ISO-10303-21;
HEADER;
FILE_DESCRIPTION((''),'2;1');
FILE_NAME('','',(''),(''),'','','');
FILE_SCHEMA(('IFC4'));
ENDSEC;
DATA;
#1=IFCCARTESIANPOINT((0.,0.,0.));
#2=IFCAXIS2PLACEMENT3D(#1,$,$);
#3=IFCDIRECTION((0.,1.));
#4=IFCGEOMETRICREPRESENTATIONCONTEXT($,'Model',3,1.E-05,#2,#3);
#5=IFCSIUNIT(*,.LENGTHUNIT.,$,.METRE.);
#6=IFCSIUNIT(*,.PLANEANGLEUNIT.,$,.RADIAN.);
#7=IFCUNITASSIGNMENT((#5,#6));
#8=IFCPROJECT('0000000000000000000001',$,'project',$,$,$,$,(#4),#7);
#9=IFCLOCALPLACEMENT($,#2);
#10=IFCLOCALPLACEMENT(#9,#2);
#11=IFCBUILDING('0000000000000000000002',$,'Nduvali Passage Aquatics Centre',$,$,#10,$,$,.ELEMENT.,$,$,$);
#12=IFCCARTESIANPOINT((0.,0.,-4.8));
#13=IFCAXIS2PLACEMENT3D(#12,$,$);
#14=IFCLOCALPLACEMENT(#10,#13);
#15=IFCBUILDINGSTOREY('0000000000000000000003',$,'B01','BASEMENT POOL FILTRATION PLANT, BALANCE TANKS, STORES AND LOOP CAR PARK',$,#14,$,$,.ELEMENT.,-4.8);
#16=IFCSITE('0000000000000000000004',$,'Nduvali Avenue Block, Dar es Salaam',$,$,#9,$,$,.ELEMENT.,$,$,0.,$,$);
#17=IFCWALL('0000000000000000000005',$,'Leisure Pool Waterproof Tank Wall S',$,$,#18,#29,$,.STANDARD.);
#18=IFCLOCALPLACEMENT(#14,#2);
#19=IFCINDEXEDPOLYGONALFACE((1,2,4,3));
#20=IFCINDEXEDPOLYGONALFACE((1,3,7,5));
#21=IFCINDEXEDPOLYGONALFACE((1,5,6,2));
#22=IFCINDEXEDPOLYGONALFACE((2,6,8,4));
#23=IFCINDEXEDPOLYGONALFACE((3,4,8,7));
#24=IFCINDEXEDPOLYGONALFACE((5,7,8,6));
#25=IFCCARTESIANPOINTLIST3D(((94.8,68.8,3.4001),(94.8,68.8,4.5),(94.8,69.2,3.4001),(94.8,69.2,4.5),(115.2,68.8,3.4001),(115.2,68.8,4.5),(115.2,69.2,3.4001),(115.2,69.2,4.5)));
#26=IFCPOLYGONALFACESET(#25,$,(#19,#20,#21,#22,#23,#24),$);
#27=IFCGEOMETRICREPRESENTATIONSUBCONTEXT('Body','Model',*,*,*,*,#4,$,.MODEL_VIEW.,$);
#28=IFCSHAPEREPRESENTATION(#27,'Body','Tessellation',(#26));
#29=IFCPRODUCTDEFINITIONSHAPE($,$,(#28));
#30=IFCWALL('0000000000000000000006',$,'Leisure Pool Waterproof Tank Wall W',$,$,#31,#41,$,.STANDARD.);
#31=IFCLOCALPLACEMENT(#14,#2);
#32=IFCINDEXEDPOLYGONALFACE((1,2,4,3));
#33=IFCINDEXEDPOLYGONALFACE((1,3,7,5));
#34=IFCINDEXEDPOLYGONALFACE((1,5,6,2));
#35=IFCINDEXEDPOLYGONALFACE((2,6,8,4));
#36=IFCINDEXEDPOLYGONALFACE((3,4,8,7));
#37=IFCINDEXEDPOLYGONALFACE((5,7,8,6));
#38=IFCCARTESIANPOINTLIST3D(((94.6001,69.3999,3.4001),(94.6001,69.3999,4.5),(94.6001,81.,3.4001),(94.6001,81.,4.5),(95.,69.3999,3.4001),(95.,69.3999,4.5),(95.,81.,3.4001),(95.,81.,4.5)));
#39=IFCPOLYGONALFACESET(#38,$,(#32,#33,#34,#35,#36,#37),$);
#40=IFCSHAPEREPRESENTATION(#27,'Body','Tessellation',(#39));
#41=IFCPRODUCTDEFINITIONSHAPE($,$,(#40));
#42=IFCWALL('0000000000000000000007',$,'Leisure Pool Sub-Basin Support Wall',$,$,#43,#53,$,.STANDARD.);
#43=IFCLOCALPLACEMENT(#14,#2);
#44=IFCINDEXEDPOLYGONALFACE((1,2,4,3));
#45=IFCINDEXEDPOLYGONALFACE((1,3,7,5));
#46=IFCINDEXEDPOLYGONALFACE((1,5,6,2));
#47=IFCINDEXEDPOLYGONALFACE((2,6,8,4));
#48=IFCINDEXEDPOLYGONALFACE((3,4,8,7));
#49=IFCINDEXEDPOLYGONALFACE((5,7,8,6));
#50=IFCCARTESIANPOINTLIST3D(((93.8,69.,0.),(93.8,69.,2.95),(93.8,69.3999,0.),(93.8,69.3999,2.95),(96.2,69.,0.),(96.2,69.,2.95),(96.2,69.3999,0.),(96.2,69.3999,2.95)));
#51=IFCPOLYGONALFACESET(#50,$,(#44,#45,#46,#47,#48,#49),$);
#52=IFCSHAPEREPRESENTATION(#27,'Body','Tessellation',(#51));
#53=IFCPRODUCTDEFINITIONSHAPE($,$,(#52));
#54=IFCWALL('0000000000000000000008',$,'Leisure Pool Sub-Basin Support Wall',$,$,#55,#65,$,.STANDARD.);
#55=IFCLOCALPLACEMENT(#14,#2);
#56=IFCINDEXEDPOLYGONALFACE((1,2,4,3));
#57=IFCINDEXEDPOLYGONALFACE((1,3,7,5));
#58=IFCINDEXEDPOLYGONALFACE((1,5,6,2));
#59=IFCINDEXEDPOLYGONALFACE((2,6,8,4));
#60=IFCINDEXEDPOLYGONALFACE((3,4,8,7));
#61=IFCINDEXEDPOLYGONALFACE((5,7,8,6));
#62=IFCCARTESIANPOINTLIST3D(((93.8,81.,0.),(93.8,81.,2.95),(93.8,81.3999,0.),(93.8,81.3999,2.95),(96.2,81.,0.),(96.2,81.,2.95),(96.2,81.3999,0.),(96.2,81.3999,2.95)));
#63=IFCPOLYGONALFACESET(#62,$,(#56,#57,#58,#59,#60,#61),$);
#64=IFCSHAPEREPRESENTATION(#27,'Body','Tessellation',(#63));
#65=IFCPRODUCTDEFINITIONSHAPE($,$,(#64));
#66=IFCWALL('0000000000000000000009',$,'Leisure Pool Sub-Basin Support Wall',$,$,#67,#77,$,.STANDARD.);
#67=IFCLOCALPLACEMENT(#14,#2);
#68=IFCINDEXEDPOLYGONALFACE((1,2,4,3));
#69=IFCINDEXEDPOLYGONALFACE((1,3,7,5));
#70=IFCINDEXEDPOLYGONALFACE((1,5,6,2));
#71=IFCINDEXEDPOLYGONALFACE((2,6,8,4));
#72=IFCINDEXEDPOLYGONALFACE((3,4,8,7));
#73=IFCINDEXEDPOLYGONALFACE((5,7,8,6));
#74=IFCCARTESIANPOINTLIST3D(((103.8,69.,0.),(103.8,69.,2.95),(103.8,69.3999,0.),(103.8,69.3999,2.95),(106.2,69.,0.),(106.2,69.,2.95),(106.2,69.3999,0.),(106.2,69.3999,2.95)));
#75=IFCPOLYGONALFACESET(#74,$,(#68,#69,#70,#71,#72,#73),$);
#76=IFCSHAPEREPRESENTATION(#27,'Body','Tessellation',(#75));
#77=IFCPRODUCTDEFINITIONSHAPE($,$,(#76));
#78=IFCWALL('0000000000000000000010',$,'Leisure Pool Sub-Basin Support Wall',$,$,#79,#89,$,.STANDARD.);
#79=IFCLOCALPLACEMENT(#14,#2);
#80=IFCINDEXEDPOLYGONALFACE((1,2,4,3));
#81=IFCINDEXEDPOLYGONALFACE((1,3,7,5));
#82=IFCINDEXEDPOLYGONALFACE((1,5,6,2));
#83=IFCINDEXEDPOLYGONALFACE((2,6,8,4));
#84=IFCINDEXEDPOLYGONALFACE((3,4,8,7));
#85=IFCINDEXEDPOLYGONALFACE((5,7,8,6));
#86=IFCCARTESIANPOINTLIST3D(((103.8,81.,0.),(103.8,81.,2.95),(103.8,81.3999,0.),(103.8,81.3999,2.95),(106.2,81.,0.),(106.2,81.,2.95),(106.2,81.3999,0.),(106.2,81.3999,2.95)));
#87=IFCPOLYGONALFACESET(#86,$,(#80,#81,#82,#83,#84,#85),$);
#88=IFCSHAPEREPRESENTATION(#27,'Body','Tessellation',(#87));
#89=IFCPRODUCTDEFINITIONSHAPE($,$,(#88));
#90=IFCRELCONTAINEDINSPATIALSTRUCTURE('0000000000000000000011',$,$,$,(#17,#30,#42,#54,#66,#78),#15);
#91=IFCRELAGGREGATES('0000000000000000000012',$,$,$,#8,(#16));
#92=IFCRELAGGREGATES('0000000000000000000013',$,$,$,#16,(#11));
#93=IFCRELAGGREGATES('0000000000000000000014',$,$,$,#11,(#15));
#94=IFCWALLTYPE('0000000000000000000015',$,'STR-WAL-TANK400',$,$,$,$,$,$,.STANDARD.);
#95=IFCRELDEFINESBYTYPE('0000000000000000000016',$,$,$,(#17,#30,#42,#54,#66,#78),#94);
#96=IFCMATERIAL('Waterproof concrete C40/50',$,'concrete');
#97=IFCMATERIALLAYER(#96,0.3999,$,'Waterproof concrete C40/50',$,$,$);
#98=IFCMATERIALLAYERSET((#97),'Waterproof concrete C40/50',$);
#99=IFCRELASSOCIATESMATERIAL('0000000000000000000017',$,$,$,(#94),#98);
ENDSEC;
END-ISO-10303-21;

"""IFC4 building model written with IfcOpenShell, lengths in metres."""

from ifc_helpers import new_model, si_unit, direction, frame, frame_2d, origin, place, context, subcontext, project, spatial, rectangle, extrude, material, layer, layer_set, type_object, element, save


model = new_model("IFC4")

# Units and contexts
model_context = context("Model", 3, precision=1e-05, world=origin(), true_north=direction((0.0, 1.0)))
body_context = subcontext(model_context, "Body", "Model", "MODEL_VIEW")
ifc_project = project(units=[si_unit("LENGTHUNIT", "METRE"), si_unit("PLANEANGLEUNIT", "RADIAN")], contexts=[model_context])

# Site, building, storey
site_placement = place(None, origin())
site = spatial("IfcSite", under=ifc_project, at=site_placement, Name="Nduvali Avenue Block, Dar es Salaam", CompositionType="ELEMENT", RefElevation=0.0)
building_placement = place(site_placement, origin())
building = spatial("IfcBuilding", under=site, at=building_placement, Name="Nduvali Passage Aquatics Centre", CompositionType="ELEMENT")
storey_placement = place(building_placement, frame((0.0, 0.0, -4.8)))
storey = spatial("IfcBuildingStorey", under=building, at=storey_placement, Name="B01", Description="BASEMENT POOL FILTRATION PLANT, BALANCE TANKS, STORES AND LOOP CAR PARK", CompositionType="ELEMENT", Elevation=-4.8)

# Walls
ifc_material_1 = material(Name="Waterproof concrete C40/50", Category="concrete")
ifc_layer_1 = layer(ifc_material_1, 0.3999, Name="Waterproof concrete C40/50")
ifc_layer_set_1 = layer_set([ifc_layer_1], Name="Waterproof concrete C40/50")
wall_type_1 = type_object("IfcWallType", Name="STR-WAL-TANK400", PredefinedType="STANDARD", material=ifc_layer_set_1)
wall_1_placement = place(storey_placement, frame((94.8, 69.0, 3.4001), z_axis=(0.0, 0.0, 1.0), x_axis=(1.0, 0.0, 0.0)))
element("IfcWall", 1, at=wall_1_placement, inside=storey, type_object=wall_type_1, Name="Leisure Pool Waterproof Tank Wall S", PredefinedType="STANDARD", context=body_context, shape_type="SweptSolid", body=[
    extrude(rectangle(XDim=20.3999, YDim=0.3999, at=frame_2d((10.2, 0.0))), origin(), (0.0, 0.0, 1.0), 1.0999),
])
wall_2_placement = place(storey_placement, frame((94.8, 81.0, 3.4001), z_axis=(0.0, 0.0, 1.0), x_axis=(0.0, -1.0, 0.0)))
element("IfcWall", 2, at=wall_2_placement, inside=storey, type_object=wall_type_1, Name="Leisure Pool Waterproof Tank Wall W", PredefinedType="STANDARD", context=body_context, shape_type="SweptSolid", body=[
    extrude(rectangle(XDim=11.6001, YDim=0.3999, at=frame_2d((5.8, 0.0))), origin(), (0.0, 0.0, 1.0), 1.0999),
])
for number, where, z_axis, x_axis, name in (
    (3, (93.8, 69.2, 0.0), (0.0, 0.0, 1.0), (1.0, 0.0, 0.0), "Leisure Pool Sub-Basin Support Wall"),
    (4, (93.8, 81.2, 0.0), (0.0, 0.0, 1.0), (1.0, 0.0, 0.0), "Leisure Pool Sub-Basin Support Wall"),
    (5, (103.8, 69.2, 0.0), (0.0, 0.0, 1.0), (1.0, 0.0, 0.0), "Leisure Pool Sub-Basin Support Wall"),
    (6, (103.8, 81.2, 0.0), (0.0, 0.0, 1.0), (1.0, 0.0, 0.0), "Leisure Pool Sub-Basin Support Wall"),
):
    element("IfcWall", number, at=place(storey_placement, frame(where, z_axis=z_axis, x_axis=x_axis)), inside=storey, type_object=wall_type_1, Name=name, PredefinedType="STANDARD", context=body_context, shape_type="SweptSolid", body=[
        extrude(rectangle(XDim=2.3999, YDim=0.3999, at=frame_2d((1.2, 0.0))), origin(), (0.0, 0.0, 1.0), 2.95),
    ])

save(model, "model.ifc")
